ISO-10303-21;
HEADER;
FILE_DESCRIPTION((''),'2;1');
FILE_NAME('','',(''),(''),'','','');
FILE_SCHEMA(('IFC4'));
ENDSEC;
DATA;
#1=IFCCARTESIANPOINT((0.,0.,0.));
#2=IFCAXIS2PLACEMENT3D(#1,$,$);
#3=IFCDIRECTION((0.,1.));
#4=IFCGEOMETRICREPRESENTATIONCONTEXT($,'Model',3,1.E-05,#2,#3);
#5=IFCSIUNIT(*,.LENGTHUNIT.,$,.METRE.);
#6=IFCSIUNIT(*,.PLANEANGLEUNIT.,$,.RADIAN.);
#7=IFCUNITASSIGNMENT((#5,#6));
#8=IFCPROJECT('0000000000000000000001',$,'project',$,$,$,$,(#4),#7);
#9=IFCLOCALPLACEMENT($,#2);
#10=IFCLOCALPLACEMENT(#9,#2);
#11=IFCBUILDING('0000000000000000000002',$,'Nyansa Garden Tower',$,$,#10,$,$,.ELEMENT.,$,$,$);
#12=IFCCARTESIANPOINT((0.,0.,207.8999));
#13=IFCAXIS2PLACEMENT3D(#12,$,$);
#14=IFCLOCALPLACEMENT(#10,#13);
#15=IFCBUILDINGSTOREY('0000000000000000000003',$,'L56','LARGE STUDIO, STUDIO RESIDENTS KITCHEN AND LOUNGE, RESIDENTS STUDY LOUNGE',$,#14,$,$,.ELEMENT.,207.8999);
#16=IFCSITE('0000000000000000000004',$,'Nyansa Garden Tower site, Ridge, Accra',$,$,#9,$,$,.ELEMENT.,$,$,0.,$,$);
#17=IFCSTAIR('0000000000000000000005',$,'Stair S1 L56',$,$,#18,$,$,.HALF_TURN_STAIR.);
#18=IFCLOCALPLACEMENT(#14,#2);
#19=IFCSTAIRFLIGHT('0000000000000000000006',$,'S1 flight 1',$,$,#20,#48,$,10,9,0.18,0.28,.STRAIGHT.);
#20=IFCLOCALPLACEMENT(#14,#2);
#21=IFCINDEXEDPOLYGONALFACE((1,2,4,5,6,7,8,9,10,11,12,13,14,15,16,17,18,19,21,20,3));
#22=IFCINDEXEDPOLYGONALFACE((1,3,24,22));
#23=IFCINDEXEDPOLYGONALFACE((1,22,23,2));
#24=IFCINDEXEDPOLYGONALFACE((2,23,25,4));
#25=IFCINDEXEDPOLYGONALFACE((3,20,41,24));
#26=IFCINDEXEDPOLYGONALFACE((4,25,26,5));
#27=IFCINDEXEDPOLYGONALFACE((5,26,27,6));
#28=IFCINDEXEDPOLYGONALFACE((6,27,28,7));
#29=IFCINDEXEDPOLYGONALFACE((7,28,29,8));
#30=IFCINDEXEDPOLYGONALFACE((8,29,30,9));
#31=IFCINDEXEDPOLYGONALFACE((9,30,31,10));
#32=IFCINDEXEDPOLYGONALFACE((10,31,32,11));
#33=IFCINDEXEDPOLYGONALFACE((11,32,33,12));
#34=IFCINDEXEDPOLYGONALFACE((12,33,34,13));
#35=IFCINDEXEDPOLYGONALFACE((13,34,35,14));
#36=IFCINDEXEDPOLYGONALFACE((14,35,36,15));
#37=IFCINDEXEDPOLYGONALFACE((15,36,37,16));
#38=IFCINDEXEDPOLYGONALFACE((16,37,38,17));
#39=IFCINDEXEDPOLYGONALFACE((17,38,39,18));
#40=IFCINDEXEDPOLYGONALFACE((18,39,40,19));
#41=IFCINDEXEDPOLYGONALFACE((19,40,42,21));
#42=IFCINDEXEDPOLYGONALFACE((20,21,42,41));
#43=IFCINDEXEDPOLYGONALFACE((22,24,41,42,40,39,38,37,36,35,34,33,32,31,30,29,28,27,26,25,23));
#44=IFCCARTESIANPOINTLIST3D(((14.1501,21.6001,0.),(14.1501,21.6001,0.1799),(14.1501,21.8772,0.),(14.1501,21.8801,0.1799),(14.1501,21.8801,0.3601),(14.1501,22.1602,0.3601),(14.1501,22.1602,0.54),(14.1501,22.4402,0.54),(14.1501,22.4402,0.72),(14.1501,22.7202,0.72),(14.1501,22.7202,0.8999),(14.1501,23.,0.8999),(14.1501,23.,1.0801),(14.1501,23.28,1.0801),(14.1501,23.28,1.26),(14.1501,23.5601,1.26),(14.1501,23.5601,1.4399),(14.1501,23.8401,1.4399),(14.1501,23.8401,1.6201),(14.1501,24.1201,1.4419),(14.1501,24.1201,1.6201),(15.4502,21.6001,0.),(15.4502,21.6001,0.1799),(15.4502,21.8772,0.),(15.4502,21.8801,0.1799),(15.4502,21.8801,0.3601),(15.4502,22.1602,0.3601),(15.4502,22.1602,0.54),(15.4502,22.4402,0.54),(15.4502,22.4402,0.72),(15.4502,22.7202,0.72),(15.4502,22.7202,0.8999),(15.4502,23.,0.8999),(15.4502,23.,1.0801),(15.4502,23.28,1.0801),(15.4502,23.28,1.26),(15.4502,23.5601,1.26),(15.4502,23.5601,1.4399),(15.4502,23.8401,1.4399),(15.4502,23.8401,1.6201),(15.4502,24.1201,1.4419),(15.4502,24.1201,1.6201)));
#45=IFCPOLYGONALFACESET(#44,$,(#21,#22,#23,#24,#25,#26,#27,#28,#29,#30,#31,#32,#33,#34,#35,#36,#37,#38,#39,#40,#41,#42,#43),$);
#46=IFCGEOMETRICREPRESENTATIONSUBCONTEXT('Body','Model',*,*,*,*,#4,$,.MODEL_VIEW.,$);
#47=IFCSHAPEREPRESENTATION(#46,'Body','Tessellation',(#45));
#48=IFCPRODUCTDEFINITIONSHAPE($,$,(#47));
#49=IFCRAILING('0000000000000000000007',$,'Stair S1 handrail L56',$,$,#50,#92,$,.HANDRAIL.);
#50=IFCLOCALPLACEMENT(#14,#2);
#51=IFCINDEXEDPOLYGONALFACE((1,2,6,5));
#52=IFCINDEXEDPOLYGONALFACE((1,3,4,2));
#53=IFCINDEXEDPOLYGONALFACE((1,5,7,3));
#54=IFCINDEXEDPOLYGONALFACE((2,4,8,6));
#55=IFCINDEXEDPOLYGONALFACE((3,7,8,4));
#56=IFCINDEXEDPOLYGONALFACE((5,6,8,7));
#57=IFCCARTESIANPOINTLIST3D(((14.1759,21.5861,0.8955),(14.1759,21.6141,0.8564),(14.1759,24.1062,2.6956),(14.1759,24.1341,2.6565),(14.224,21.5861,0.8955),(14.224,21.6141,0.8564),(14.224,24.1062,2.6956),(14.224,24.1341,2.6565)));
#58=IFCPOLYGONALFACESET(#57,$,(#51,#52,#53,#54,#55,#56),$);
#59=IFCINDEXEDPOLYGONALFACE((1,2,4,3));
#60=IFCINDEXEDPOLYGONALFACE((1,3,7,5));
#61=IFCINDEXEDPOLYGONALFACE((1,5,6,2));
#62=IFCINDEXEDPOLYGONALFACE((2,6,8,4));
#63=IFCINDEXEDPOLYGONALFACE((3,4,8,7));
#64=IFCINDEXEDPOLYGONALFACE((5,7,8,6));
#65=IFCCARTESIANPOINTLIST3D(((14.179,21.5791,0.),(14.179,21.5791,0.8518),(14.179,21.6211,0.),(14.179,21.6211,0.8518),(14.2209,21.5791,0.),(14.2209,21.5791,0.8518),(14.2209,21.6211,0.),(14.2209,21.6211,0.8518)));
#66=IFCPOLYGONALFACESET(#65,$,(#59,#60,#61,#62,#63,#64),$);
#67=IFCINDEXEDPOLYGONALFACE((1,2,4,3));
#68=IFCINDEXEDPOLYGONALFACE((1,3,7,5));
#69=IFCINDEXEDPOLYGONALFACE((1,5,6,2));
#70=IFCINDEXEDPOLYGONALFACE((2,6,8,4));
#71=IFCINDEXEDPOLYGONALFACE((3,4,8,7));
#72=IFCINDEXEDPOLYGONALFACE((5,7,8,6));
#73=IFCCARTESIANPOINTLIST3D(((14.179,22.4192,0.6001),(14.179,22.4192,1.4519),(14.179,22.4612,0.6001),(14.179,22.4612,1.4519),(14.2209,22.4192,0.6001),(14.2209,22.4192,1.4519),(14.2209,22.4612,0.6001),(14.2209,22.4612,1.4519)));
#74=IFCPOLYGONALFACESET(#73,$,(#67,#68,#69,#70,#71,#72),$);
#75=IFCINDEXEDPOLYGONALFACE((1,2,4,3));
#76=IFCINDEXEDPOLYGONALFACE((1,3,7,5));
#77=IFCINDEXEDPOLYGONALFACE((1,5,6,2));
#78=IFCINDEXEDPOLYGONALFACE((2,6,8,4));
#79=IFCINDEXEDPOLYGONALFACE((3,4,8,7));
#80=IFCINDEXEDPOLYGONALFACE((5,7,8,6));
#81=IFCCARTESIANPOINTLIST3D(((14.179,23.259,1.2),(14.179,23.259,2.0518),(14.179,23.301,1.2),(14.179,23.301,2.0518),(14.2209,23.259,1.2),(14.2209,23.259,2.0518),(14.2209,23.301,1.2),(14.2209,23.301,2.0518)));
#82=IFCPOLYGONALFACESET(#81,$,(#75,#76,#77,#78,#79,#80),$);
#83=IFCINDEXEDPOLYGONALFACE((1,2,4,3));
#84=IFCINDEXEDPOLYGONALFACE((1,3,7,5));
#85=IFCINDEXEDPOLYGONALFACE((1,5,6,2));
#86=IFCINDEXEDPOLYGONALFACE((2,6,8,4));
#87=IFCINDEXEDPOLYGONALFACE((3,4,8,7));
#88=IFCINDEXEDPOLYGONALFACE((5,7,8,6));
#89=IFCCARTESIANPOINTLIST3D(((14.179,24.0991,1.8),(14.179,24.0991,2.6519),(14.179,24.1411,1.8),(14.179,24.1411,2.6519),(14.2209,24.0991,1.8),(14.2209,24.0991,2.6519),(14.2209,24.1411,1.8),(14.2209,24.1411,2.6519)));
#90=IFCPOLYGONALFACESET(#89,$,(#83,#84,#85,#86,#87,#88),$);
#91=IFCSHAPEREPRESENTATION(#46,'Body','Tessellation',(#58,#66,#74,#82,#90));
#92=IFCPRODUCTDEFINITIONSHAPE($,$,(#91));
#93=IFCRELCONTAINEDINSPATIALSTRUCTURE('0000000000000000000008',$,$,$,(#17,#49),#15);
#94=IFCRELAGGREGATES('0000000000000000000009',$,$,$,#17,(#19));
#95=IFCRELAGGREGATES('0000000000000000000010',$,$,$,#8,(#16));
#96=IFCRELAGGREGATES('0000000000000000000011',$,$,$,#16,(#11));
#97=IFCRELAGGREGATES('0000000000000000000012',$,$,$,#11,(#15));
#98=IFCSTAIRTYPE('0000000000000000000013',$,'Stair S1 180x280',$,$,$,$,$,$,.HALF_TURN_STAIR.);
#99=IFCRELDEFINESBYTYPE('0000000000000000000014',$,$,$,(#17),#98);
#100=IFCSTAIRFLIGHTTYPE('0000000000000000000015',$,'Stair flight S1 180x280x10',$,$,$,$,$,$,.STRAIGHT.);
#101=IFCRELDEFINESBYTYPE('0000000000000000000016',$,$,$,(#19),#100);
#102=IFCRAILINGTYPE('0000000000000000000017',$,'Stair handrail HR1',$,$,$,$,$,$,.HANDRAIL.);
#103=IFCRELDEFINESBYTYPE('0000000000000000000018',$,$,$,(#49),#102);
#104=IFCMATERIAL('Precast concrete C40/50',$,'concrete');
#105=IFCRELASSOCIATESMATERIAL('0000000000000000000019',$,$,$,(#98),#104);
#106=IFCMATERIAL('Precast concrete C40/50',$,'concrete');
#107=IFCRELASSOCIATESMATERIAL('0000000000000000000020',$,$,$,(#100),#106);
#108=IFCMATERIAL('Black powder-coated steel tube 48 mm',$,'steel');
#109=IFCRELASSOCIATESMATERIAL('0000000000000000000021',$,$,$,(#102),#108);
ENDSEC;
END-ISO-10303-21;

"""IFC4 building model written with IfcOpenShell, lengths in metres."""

from ifc_helpers import new_model, si_unit, direction, frame, origin, origin_2d, place, context, subcontext, project, spatial, polyline, rectangle, outline, extrude, material, type_object, element, aggregate, save


model = new_model("IFC4")

# Units and contexts
model_context = context("Model", 3, precision=1e-05, world=origin(), true_north=direction((0.0, 1.0)))
body_context = subcontext(model_context, "Body", "Model", "MODEL_VIEW")
ifc_project = project(units=[si_unit("LENGTHUNIT", "METRE"), si_unit("PLANEANGLEUNIT", "RADIAN")], contexts=[model_context])

# Site, building, storey
site_placement = place(None, origin())
site = spatial("IfcSite", under=ifc_project, at=site_placement, Name="Nyansa Garden Tower site, Ridge, Accra", CompositionType="ELEMENT", RefElevation=0.0)
building_placement = place(site_placement, origin())
building = spatial("IfcBuilding", under=site, at=building_placement, Name="Nyansa Garden Tower", CompositionType="ELEMENT")
storey_placement = place(building_placement, frame((0.0, 0.0, 207.8999)))
storey = spatial("IfcBuildingStorey", under=building, at=storey_placement, Name="L56", Description="LARGE STUDIO, STUDIO RESIDENTS KITCHEN AND LOUNGE, RESIDENTS STUDY LOUNGE", CompositionType="ELEMENT", Elevation=207.8999)

# Stair, stair flight
ifc_material_1 = material(Name="Precast concrete C40/50", Category="concrete")
stair_type = type_object("IfcStairType", Name="Stair S1 180x280", PredefinedType="HALF_TURN_STAIR", material=ifc_material_1)
stair_placement = place(storey_placement, origin())
stair = element("IfcStair", 1, at=stair_placement, inside=storey, type_object=stair_type, Name="Stair S1 L56", PredefinedType="HALF_TURN_STAIR")
ifc_material_2 = material(Name="Precast concrete C40/50", Category="concrete")
stair_flight_type = type_object("IfcStairFlightType", Name="Stair flight S1 180x280x10", PredefinedType="STRAIGHT", material=ifc_material_2)
stair_flight_placement = place(storey_placement, frame((14.8, 21.6001, 0.0), z_axis=(0.0, 0.0, 1.0), x_axis=(0.0, 1.0, 0.0)))
stair_flight = element("IfcStairFlight", 2, at=stair_flight_placement, type_object=stair_flight_type, Name="S1 flight 1", NumberOfRisers=10, NumberOfTreads=9, PredefinedType="STRAIGHT", RiserHeight=0.18, TreadLength=0.28, context=body_context, shape_type="SweptSolid", body=[
    extrude(outline(polyline([(0.0, 0.0), (0.0, 0.1799), (0.28, 0.1799), (0.28, 0.3601), (0.5601, 0.3601), (0.5601, 0.54), (0.8401, 0.54), (0.8401, 0.72), (1.1201, 0.72), (1.1201, 0.8999), (1.3999, 0.8999), (1.3999, 1.0801), (1.6799, 1.0801), (1.6799, 1.26), (1.96, 1.26), (1.96, 1.4399), (2.24, 1.4399), (2.24, 1.6201), (2.52, 1.6201), (2.52, 1.8), (2.52, 1.4419), (0.2771, 0.0), (0.0, 0.0)])), frame((0.0, 0.6499, 0.0), z_axis=(0.0, -1.0, 0.0), x_axis=(1.0, 0.0, 0.0)), (0.0, 0.0, 1.0), 1.3),
])
aggregate(stair, [stair_flight])

# Railing
ifc_material_3 = material(Name="Black powder-coated steel tube 48 mm", Category="steel")
railing_type = type_object("IfcRailingType", Name="Stair handrail HR1", PredefinedType="HANDRAIL", material=ifc_material_3)
railing_placement = place(storey_placement, frame((14.2, 21.6001, 0.0)))
element("IfcRailing", 3, at=railing_placement, inside=storey, type_object=railing_type, Name="Stair S1 handrail L56", PredefinedType="HANDRAIL", context=body_context, shape_type="SweptSolid", body=[
    extrude(rectangle(XDim=0.0481, YDim=0.0481, at=origin_2d()), frame((0.0, 0.0, 0.876), z_axis=(0.0, 0.813728, 0.581246), x_axis=(-1.0, 0.0, 0.0)), (0.0, 0.0, 1.0), 3.0969),
    extrude(rectangle(XDim=0.042, YDim=0.042, at=origin_2d()), origin(), (0.0, 0.0, 1.0), 0.8518),
    extrude(rectangle(XDim=0.042, YDim=0.042, at=origin_2d()), frame((0.0, 0.8401, 0.6001)), (0.0, 0.0, 1.0), 0.8518),
    extrude(rectangle(XDim=0.042, YDim=0.042, at=origin_2d()), frame((0.0, 1.6799, 1.2)), (0.0, 0.0, 1.0), 0.8518),
    extrude(rectangle(XDim=0.042, YDim=0.042, at=origin_2d()), frame((0.0, 2.52, 1.8)), (0.0, 0.0, 1.0), 0.8518),
])

save(model, "model.ifc")
